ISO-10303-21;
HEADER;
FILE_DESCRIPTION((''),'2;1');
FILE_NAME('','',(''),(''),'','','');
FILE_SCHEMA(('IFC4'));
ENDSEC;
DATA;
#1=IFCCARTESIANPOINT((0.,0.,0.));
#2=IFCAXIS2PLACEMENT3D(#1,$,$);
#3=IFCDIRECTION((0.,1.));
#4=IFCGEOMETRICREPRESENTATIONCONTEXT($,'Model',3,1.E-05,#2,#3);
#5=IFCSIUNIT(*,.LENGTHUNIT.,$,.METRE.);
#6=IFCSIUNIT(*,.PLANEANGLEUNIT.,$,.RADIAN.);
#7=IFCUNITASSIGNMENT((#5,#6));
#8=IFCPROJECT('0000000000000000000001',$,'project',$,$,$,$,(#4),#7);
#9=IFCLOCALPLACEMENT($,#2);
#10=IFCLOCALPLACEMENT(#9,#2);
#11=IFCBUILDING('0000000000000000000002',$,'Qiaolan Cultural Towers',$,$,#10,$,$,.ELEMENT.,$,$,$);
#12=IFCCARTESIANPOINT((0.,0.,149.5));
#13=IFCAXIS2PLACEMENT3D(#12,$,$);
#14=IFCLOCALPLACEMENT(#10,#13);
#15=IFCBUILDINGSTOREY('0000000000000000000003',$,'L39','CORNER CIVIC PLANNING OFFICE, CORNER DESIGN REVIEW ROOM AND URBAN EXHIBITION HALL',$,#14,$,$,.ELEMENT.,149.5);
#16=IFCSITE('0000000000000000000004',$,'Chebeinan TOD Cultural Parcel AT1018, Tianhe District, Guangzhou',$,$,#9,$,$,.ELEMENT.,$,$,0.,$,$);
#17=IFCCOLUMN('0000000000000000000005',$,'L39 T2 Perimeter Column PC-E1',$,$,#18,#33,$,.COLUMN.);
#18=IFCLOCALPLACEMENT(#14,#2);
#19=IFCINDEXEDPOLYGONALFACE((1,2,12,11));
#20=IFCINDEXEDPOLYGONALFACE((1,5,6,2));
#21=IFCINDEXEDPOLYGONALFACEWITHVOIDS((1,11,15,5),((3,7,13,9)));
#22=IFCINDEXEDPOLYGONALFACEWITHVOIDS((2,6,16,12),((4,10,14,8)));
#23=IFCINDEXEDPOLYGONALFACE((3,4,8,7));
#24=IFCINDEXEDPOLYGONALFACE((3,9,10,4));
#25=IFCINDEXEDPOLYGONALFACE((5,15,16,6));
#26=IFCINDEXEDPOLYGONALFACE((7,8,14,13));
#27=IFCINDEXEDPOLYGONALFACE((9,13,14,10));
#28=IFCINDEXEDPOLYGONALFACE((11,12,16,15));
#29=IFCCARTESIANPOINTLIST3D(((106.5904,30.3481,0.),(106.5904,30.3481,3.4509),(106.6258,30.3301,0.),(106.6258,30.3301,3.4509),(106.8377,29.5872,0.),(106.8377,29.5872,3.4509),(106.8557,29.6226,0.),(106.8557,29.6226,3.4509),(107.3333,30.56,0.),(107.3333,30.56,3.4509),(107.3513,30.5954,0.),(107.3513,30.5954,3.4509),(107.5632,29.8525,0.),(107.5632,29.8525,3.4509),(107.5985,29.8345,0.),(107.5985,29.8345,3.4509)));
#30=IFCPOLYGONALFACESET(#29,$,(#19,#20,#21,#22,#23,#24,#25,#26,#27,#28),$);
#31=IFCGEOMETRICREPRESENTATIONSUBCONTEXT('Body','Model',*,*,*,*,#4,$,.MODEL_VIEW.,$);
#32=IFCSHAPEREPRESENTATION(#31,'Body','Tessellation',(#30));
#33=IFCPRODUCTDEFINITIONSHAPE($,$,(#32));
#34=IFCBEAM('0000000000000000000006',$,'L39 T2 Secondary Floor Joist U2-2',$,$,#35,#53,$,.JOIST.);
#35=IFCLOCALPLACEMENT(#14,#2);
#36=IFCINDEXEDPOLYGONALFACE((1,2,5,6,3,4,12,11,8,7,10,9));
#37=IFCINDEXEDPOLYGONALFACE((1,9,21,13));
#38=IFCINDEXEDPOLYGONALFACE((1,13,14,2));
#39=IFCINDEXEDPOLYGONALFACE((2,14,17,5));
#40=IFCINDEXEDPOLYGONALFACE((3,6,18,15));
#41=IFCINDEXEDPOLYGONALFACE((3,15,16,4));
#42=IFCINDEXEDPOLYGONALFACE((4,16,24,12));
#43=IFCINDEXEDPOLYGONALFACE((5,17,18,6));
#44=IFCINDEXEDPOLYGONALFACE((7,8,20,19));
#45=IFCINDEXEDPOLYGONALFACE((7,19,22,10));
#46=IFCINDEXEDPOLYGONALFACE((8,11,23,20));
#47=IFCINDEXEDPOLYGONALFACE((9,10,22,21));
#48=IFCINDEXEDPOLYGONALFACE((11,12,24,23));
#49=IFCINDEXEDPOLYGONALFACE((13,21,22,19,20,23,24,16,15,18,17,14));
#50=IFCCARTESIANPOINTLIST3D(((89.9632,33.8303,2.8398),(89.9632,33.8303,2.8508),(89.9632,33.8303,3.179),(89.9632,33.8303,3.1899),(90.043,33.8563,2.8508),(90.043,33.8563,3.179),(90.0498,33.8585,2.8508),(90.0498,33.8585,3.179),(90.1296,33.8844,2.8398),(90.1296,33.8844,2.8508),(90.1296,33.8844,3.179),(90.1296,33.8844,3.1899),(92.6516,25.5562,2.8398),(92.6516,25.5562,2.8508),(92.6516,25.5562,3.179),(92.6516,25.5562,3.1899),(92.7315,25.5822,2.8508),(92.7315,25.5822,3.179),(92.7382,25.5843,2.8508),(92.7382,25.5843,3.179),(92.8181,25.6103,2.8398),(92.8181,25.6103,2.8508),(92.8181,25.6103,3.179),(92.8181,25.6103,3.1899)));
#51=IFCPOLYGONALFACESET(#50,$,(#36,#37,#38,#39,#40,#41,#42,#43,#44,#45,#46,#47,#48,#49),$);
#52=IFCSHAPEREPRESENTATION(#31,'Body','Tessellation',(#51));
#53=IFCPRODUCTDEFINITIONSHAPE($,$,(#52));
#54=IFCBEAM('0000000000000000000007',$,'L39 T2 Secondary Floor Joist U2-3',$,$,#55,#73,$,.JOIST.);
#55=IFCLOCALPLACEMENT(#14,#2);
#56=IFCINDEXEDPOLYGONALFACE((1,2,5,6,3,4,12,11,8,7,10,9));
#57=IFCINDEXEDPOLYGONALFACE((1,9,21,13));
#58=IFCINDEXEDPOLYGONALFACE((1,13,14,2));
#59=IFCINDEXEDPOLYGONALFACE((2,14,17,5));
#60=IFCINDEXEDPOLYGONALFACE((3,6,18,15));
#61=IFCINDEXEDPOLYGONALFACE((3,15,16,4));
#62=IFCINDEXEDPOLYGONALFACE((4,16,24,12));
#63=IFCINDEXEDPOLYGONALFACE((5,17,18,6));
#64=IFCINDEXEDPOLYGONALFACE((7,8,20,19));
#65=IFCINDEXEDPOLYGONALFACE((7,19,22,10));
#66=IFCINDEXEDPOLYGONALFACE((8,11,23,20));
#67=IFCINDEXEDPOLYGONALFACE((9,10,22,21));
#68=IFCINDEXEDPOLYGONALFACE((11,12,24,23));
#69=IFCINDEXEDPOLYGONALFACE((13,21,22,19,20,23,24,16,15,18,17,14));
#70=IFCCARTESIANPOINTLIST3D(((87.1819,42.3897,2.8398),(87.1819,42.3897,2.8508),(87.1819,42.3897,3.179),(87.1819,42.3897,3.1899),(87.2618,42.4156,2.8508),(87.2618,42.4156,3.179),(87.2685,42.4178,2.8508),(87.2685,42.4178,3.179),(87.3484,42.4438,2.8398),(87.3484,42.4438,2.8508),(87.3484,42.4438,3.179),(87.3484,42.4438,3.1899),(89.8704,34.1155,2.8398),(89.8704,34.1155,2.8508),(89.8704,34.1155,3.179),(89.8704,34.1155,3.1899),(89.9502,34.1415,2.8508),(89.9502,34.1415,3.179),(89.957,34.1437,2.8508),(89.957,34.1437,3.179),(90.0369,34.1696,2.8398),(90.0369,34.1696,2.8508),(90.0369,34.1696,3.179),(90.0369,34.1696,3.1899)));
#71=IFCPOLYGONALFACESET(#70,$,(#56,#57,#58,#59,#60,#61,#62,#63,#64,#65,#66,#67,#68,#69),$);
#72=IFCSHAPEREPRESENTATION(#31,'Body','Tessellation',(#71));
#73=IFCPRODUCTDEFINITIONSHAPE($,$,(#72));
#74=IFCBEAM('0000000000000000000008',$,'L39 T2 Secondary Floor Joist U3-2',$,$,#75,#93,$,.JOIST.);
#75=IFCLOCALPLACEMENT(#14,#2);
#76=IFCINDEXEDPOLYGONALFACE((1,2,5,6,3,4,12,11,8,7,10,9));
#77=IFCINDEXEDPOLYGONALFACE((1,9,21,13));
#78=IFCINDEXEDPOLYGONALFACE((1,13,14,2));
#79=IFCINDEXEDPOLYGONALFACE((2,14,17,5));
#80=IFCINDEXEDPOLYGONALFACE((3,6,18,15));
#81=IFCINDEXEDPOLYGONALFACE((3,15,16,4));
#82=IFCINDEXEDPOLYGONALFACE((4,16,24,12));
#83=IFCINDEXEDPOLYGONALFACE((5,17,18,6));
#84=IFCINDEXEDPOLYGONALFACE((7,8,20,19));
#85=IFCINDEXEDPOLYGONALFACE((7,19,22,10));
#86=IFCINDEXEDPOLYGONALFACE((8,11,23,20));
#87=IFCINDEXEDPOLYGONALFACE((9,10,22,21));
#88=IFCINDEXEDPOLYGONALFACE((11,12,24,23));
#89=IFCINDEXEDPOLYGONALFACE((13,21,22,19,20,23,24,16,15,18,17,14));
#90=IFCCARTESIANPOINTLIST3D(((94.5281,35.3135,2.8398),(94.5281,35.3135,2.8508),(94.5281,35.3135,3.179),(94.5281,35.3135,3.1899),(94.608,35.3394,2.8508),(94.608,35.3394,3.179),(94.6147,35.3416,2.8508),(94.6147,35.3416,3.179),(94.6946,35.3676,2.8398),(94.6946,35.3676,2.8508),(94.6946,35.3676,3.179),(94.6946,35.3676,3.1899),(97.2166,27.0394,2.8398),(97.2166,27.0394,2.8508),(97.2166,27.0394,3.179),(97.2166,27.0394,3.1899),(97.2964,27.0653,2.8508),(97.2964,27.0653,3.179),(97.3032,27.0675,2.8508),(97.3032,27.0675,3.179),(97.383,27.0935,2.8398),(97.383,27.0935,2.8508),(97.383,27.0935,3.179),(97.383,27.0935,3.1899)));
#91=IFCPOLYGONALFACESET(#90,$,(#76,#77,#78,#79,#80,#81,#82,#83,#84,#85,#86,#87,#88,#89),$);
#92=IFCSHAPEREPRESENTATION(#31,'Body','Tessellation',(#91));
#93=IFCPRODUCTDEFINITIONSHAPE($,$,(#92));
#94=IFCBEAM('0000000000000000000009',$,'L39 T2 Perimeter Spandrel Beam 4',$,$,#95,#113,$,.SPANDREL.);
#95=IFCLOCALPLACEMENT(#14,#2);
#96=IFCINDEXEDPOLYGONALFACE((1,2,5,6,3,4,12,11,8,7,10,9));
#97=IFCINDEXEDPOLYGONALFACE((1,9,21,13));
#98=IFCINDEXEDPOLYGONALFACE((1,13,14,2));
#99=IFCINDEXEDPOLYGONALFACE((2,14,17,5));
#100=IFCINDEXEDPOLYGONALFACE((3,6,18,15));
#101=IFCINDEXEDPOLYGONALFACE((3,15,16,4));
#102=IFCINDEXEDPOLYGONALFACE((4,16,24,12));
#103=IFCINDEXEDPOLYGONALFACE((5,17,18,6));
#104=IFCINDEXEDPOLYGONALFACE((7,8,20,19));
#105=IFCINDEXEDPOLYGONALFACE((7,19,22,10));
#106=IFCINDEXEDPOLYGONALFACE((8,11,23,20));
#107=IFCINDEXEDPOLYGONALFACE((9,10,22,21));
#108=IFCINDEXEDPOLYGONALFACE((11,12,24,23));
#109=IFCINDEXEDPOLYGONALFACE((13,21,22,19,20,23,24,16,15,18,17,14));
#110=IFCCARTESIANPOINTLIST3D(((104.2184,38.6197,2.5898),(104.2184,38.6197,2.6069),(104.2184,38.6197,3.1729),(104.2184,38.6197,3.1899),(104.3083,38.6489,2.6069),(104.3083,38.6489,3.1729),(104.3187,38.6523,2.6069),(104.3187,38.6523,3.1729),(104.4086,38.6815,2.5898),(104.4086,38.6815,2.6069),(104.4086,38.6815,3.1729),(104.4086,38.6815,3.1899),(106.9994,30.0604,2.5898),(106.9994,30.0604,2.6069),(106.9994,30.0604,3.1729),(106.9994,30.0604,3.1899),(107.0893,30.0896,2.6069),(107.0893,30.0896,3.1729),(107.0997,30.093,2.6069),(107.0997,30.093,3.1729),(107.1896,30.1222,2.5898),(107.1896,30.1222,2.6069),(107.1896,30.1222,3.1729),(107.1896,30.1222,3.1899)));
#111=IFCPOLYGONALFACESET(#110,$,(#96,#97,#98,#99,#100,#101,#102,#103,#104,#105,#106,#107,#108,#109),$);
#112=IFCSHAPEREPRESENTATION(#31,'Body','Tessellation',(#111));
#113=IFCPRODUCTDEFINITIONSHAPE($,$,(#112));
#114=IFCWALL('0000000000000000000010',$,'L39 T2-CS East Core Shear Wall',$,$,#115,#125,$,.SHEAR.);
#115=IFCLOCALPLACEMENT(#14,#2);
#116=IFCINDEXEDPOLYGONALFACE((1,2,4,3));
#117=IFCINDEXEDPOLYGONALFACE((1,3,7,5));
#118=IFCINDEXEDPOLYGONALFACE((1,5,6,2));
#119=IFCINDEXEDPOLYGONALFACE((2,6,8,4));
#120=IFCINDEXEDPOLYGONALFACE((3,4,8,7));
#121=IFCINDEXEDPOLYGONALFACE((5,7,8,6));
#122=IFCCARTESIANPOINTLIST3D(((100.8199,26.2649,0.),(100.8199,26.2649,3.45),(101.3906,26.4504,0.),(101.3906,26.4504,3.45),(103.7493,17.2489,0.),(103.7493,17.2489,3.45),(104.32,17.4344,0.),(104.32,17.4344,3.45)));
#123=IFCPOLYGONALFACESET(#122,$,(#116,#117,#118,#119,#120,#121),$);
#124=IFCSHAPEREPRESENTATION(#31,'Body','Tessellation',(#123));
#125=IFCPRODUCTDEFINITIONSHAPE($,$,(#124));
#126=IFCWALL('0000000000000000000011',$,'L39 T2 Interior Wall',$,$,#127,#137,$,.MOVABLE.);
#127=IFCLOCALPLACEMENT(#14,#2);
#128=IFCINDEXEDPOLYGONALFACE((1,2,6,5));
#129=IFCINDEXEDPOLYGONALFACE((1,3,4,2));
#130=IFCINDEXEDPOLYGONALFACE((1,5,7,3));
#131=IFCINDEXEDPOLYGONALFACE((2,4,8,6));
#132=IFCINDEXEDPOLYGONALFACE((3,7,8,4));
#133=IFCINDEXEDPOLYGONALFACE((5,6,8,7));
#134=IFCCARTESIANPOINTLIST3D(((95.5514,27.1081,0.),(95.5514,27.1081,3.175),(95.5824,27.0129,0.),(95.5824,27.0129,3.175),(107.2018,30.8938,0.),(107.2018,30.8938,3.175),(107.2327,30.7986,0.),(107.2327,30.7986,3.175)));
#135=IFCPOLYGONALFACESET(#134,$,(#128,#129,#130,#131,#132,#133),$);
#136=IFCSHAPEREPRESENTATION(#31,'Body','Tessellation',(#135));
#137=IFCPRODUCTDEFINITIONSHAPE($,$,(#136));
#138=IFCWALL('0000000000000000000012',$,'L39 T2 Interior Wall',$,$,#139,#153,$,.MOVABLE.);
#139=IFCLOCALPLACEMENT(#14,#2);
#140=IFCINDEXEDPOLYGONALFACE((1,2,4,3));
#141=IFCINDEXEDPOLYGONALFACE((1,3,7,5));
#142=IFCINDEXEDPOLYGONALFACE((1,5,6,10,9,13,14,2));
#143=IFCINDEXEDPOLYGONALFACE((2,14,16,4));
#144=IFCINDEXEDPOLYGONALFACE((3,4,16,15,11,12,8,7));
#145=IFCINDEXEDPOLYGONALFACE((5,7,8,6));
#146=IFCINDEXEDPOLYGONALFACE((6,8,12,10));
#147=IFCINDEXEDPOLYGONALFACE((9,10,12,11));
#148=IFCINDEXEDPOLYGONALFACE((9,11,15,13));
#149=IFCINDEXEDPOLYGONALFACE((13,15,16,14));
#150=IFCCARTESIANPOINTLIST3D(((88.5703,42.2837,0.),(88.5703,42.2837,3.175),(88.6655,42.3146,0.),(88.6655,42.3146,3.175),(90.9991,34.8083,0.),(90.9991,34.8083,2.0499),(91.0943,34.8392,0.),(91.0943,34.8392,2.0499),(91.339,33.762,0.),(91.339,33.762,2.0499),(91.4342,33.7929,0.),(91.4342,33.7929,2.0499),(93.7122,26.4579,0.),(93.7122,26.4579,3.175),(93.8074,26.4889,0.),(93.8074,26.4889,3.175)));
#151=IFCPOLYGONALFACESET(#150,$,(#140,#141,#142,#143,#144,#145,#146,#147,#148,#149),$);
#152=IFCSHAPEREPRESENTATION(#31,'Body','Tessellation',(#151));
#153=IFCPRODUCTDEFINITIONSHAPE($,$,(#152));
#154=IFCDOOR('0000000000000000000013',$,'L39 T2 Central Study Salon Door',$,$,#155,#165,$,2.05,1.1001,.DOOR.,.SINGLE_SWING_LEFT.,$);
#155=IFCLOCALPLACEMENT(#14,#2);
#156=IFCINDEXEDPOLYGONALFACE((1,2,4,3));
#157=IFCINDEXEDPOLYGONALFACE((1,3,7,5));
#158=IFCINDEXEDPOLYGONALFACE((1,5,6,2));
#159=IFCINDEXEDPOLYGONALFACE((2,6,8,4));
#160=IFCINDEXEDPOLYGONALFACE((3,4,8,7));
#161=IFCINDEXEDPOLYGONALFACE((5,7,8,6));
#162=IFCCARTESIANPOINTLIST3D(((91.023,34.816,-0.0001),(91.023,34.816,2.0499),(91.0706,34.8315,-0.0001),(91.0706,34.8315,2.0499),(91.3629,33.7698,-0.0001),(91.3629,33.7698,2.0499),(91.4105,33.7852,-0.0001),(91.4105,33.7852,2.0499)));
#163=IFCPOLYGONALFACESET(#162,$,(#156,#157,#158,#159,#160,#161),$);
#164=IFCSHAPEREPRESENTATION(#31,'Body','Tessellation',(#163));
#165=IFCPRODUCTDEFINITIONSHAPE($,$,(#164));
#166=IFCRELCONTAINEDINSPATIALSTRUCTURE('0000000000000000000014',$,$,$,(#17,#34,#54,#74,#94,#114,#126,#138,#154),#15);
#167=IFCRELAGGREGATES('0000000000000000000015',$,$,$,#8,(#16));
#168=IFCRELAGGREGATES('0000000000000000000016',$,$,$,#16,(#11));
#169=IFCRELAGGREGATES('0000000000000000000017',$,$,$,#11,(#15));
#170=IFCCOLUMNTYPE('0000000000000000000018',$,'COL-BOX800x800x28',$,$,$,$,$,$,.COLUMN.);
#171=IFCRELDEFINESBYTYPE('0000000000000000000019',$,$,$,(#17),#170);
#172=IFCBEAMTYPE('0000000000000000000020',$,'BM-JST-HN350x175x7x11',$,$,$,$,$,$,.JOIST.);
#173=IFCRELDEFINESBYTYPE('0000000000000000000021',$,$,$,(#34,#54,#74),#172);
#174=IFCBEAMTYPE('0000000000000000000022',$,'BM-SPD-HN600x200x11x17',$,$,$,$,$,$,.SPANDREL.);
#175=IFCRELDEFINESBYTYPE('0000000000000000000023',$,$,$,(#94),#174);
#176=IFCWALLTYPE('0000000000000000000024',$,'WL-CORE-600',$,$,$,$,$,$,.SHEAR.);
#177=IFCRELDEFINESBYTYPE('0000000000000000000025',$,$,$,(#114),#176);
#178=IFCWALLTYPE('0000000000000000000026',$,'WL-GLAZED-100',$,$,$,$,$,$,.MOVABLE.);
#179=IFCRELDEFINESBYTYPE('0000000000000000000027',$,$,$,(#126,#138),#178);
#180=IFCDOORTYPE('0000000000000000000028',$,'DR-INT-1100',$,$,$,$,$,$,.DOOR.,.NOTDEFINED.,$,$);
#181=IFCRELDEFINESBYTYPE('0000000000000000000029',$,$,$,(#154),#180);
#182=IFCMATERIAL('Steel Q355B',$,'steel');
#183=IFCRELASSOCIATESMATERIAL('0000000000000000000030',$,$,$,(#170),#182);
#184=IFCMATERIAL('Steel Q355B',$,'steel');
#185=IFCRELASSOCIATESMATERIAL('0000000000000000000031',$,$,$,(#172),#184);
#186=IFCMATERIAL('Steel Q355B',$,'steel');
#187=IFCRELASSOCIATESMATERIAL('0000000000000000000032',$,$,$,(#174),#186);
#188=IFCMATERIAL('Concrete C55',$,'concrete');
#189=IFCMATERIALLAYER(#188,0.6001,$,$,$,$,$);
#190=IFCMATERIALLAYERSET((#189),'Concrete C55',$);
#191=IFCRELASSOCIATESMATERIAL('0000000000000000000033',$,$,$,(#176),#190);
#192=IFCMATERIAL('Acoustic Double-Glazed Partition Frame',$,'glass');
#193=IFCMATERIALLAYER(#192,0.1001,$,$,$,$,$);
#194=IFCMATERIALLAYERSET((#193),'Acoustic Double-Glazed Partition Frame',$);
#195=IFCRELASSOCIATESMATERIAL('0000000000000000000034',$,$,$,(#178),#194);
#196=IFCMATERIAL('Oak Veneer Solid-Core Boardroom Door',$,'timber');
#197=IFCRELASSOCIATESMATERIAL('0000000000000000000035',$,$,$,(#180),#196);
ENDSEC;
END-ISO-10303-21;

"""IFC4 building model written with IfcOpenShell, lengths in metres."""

from ifc_helpers import new_model, si_unit, direction, frame, frame_2d, origin, origin_2d, place, context, subcontext, project, spatial, rectangle, hollow_rectangle, i_section, extrude, material, layer, layer_set, material_profile, profile_set, type_object, element, fill, save


model = new_model("IFC4")

# Units and contexts
model_context = context("Model", 3, precision=1e-05, world=origin(), true_north=direction((0.0, 1.0)))
body_context = subcontext(model_context, "Body", "Model", "MODEL_VIEW")
ifc_project = project(units=[si_unit("LENGTHUNIT", "METRE"), si_unit("PLANEANGLEUNIT", "RADIAN")], contexts=[model_context])

# Site, building, storey
site_placement = place(None, origin())
site = spatial("IfcSite", under=ifc_project, at=site_placement, Name="Chebeinan TOD Cultural Parcel AT1018, Tianhe District, Guangzhou", CompositionType="ELEMENT", RefElevation=0.0)
building_placement = place(site_placement, origin())
building = spatial("IfcBuilding", under=site, at=building_placement, Name="Qiaolan Cultural Towers", CompositionType="ELEMENT")
storey_placement = place(building_placement, frame((0.0, 0.0, 149.5)))
storey = spatial("IfcBuildingStorey", under=building, at=storey_placement, Name="L39", Description="CORNER CIVIC PLANNING OFFICE, CORNER DESIGN REVIEW ROOM AND URBAN EXHIBITION HALL", CompositionType="ELEMENT", Elevation=149.5)

# Column
ifc_material_1 = material(Name="Steel Q355B", Category="steel")
ifc_material_profile_1 = material_profile(ifc_material_1, hollow_rectangle(XDim=0.8, YDim=0.8, WallThickness=0.0281, at=origin_2d()), Name="BOX800x800x28")
ifc_profile_set_1 = profile_set([ifc_material_profile_1], Name="Steel Q355B")
column_type = type_object("IfcColumnType", Name="COL-BOX800x800x28", PredefinedType="COLUMN", material=ifc_profile_set_1)
column_placement = place(storey_placement, frame((107.0945, 30.0913, 0.0), z_axis=(0.0, 0.0, 1.0), x_axis=(0.951057, 0.309017, 0.0)))
element("IfcColumn", 1, at=column_placement, inside=storey, type_object=column_type, Name="L39 T2 Perimeter Column PC-E1", PredefinedType="COLUMN", context=body_context, shape_type="SweptSolid", body=[
    extrude(hollow_rectangle(XDim=0.8, YDim=0.8, WallThickness=0.0281, at=origin_2d()), origin(), (0.0, 0.0, 1.0), 3.4509),
])

# Beams
ifc_material_2 = material(Name="Steel Q355B", Category="steel")
ifc_material_profile_2 = material_profile(ifc_material_2, i_section(OverallWidth=0.175, OverallDepth=0.3501, WebThickness=0.0071, FlangeThickness=0.011, at=origin_2d()), Name="HN350x175x7x11")
ifc_profile_set_2 = profile_set([ifc_material_profile_2], Name="Steel Q355B")
beam_type_1 = type_object("IfcBeamType", Name="BM-JST-HN350x175x7x11", PredefinedType="JOIST", material=ifc_profile_set_2)
for number, where, z_axis, x_axis, name in (
    (2, (92.7349, 25.5833, 3.0149), (-0.309021, 0.951055, 0.0), (-0.951055, -0.309021, 0.0), "L39 T2 Secondary Floor Joist U2-2"),
    (3, (89.9536, 34.1426, 3.0149), (-0.309021, 0.951055, 0.0), (-0.951055, -0.309021, 0.0), "L39 T2 Secondary Floor Joist U2-3"),
    (4, (97.2998, 27.0664, 3.0149), (-0.309021, 0.951055, 0.0), (-0.951055, -0.309021, 0.0), "L39 T2 Secondary Floor Joist U3-2"),
):
    element("IfcBeam", number, at=place(storey_placement, frame(where, z_axis=z_axis, x_axis=x_axis)), inside=storey, type_object=beam_type_1, Name=name, PredefinedType="JOIST", context=body_context, shape_type="SweptSolid", body=[
        extrude(i_section(OverallWidth=0.175, OverallDepth=0.3501, WebThickness=0.0071, FlangeThickness=0.011, at=origin_2d()), origin(), (0.0, 0.0, 1.0), 8.7),
    ])
ifc_material_3 = material(Name="Steel Q355B", Category="steel")
ifc_material_profile_3 = material_profile(ifc_material_3, i_section(OverallWidth=0.2, OverallDepth=0.6001, WebThickness=0.011, FlangeThickness=0.0171, at=origin_2d()), Name="HN600x200x11x17")
ifc_profile_set_3 = profile_set([ifc_material_profile_3], Name="Steel Q355B")
beam_type_2 = type_object("IfcBeamType", Name="BM-SPD-HN600x200x11x17", PredefinedType="SPANDREL", material=ifc_profile_set_3)
beam_placement = place(storey_placement, frame((107.0945, 30.0913, 2.8899), z_axis=(-0.309008, 0.951059, 0.0), x_axis=(-0.951059, -0.309008, 0.0)))
element("IfcBeam", 5, at=beam_placement, inside=storey, type_object=beam_type_2, Name="L39 T2 Perimeter Spandrel Beam 4", PredefinedType="SPANDREL", context=body_context, shape_type="SweptSolid", body=[
    extrude(i_section(OverallWidth=0.2, OverallDepth=0.6001, WebThickness=0.011, FlangeThickness=0.0171, at=origin_2d()), origin(), (0.0, 0.0, 1.0), 8.9998),
])

# Walls
ifc_material_4 = material(Name="Concrete C55", Category="concrete")
ifc_layer_1 = layer(ifc_material_4, 0.6001)
ifc_layer_set_1 = layer_set([ifc_layer_1], Name="Concrete C55")
wall_type_1 = type_object("IfcWallType", Name="WL-CORE-600", PredefinedType="SHEAR", material=ifc_layer_set_1)
wall_1_placement = place(storey_placement, frame((101.1052, 26.3577, 0.0), z_axis=(0.0, 0.0, 1.0), x_axis=(0.30901, -0.951059, 0.0)))
element("IfcWall", 6, at=wall_1_placement, inside=storey, type_object=wall_type_1, Name="L39 T2-CS East Core Shear Wall", PredefinedType="SHEAR", context=body_context, shape_type="SweptSolid", body=[
    extrude(rectangle(XDim=9.48, YDim=0.6001, at=frame_2d((4.74, 0.0))), origin(), (0.0, 0.0, 1.0), 3.45),
])
ifc_material_5 = material(Name="Acoustic Double-Glazed Partition Frame", Category="glass")
ifc_layer_2 = layer(ifc_material_5, 0.1001)
ifc_layer_set_2 = layer_set([ifc_layer_2], Name="Acoustic Double-Glazed Partition Frame")
wall_type_2 = type_object("IfcWallType", Name="WL-GLAZED-100", PredefinedType="MOVABLE", material=ifc_layer_set_2)
wall_2_placement = place(storey_placement, frame((95.5669, 27.0605, 0.0), z_axis=(0.0, 0.0, 1.0), x_axis=(0.951052, 0.309032, 0.0)))
element("IfcWall", 7, at=wall_2_placement, inside=storey, type_object=wall_type_2, Name="L39 T2 Interior Wall", PredefinedType="MOVABLE", context=body_context, shape_type="SweptSolid", body=[
    extrude(rectangle(XDim=12.25, YDim=0.1001, at=frame_2d((6.125, 0.0))), origin(), (0.0, 0.0, 1.0), 3.175),
])

# Wall, opening, door
wall_3_placement = place(storey_placement, frame((93.7598, 26.4734, 0.0), z_axis=(0.0, 0.0, 1.0), x_axis=(-0.309004, 0.951061, 0.0)))
wall_3 = element("IfcWall", 8, at=wall_3_placement, inside=storey, type_object=wall_type_2, Name="L39 T2 Interior Wall", PredefinedType="MOVABLE", context=body_context, shape_type="SweptSolid", body=[
    extrude(rectangle(XDim=16.6401, YDim=0.1001, at=frame_2d((8.3201, 0.0))), origin(), (0.0, 0.0, 1.0), 3.175),
])
opening_1_placement = place(wall_3_placement, frame((7.6799, 0.0, 0.0)))
opening_1 = element("IfcOpeningElement", 9, at=opening_1_placement, cuts=wall_3, PredefinedType="OPENING", context=body_context, shape_type="SweptSolid", body=[
    extrude(rectangle(XDim=1.1001, YDim=2.05, at=frame_2d((0.55, 1.0249))), frame((0.0, 0.0601, 0.0), z_axis=(0.0, -1.0, 0.0), x_axis=(1.0, 0.0, 0.0)), (0.0, 0.0, 1.0), 0.1201),
])
ifc_material_6 = material(Name="Oak Veneer Solid-Core Boardroom Door", Category="timber")
door_type_1 = type_object("IfcDoorType", Name="DR-INT-1100", OperationType="NOTDEFINED", PredefinedType="DOOR", material=ifc_material_6)
door_1_placement = place(opening_1_placement, origin())
door_1 = element("IfcDoor", 10, at=door_1_placement, inside=storey, type_object=door_type_1, Name="L39 T2 Central Study Salon Door", OperationType="SINGLE_SWING_LEFT", OverallHeight=2.05, OverallWidth=1.1001, PredefinedType="DOOR", context=body_context, shape_type="SweptSolid", body=[
    extrude(rectangle(XDim=1.1001, YDim=2.05, at=frame_2d((0.55, 1.0249))), frame((0.0, 0.0249, 0.0), z_axis=(0.0, -1.0, 0.0), x_axis=(1.0, 0.0, 0.0)), (0.0, 0.0, 1.0), 0.05),
])
fill(opening_1, door_1)

save(model, "model.ifc")
